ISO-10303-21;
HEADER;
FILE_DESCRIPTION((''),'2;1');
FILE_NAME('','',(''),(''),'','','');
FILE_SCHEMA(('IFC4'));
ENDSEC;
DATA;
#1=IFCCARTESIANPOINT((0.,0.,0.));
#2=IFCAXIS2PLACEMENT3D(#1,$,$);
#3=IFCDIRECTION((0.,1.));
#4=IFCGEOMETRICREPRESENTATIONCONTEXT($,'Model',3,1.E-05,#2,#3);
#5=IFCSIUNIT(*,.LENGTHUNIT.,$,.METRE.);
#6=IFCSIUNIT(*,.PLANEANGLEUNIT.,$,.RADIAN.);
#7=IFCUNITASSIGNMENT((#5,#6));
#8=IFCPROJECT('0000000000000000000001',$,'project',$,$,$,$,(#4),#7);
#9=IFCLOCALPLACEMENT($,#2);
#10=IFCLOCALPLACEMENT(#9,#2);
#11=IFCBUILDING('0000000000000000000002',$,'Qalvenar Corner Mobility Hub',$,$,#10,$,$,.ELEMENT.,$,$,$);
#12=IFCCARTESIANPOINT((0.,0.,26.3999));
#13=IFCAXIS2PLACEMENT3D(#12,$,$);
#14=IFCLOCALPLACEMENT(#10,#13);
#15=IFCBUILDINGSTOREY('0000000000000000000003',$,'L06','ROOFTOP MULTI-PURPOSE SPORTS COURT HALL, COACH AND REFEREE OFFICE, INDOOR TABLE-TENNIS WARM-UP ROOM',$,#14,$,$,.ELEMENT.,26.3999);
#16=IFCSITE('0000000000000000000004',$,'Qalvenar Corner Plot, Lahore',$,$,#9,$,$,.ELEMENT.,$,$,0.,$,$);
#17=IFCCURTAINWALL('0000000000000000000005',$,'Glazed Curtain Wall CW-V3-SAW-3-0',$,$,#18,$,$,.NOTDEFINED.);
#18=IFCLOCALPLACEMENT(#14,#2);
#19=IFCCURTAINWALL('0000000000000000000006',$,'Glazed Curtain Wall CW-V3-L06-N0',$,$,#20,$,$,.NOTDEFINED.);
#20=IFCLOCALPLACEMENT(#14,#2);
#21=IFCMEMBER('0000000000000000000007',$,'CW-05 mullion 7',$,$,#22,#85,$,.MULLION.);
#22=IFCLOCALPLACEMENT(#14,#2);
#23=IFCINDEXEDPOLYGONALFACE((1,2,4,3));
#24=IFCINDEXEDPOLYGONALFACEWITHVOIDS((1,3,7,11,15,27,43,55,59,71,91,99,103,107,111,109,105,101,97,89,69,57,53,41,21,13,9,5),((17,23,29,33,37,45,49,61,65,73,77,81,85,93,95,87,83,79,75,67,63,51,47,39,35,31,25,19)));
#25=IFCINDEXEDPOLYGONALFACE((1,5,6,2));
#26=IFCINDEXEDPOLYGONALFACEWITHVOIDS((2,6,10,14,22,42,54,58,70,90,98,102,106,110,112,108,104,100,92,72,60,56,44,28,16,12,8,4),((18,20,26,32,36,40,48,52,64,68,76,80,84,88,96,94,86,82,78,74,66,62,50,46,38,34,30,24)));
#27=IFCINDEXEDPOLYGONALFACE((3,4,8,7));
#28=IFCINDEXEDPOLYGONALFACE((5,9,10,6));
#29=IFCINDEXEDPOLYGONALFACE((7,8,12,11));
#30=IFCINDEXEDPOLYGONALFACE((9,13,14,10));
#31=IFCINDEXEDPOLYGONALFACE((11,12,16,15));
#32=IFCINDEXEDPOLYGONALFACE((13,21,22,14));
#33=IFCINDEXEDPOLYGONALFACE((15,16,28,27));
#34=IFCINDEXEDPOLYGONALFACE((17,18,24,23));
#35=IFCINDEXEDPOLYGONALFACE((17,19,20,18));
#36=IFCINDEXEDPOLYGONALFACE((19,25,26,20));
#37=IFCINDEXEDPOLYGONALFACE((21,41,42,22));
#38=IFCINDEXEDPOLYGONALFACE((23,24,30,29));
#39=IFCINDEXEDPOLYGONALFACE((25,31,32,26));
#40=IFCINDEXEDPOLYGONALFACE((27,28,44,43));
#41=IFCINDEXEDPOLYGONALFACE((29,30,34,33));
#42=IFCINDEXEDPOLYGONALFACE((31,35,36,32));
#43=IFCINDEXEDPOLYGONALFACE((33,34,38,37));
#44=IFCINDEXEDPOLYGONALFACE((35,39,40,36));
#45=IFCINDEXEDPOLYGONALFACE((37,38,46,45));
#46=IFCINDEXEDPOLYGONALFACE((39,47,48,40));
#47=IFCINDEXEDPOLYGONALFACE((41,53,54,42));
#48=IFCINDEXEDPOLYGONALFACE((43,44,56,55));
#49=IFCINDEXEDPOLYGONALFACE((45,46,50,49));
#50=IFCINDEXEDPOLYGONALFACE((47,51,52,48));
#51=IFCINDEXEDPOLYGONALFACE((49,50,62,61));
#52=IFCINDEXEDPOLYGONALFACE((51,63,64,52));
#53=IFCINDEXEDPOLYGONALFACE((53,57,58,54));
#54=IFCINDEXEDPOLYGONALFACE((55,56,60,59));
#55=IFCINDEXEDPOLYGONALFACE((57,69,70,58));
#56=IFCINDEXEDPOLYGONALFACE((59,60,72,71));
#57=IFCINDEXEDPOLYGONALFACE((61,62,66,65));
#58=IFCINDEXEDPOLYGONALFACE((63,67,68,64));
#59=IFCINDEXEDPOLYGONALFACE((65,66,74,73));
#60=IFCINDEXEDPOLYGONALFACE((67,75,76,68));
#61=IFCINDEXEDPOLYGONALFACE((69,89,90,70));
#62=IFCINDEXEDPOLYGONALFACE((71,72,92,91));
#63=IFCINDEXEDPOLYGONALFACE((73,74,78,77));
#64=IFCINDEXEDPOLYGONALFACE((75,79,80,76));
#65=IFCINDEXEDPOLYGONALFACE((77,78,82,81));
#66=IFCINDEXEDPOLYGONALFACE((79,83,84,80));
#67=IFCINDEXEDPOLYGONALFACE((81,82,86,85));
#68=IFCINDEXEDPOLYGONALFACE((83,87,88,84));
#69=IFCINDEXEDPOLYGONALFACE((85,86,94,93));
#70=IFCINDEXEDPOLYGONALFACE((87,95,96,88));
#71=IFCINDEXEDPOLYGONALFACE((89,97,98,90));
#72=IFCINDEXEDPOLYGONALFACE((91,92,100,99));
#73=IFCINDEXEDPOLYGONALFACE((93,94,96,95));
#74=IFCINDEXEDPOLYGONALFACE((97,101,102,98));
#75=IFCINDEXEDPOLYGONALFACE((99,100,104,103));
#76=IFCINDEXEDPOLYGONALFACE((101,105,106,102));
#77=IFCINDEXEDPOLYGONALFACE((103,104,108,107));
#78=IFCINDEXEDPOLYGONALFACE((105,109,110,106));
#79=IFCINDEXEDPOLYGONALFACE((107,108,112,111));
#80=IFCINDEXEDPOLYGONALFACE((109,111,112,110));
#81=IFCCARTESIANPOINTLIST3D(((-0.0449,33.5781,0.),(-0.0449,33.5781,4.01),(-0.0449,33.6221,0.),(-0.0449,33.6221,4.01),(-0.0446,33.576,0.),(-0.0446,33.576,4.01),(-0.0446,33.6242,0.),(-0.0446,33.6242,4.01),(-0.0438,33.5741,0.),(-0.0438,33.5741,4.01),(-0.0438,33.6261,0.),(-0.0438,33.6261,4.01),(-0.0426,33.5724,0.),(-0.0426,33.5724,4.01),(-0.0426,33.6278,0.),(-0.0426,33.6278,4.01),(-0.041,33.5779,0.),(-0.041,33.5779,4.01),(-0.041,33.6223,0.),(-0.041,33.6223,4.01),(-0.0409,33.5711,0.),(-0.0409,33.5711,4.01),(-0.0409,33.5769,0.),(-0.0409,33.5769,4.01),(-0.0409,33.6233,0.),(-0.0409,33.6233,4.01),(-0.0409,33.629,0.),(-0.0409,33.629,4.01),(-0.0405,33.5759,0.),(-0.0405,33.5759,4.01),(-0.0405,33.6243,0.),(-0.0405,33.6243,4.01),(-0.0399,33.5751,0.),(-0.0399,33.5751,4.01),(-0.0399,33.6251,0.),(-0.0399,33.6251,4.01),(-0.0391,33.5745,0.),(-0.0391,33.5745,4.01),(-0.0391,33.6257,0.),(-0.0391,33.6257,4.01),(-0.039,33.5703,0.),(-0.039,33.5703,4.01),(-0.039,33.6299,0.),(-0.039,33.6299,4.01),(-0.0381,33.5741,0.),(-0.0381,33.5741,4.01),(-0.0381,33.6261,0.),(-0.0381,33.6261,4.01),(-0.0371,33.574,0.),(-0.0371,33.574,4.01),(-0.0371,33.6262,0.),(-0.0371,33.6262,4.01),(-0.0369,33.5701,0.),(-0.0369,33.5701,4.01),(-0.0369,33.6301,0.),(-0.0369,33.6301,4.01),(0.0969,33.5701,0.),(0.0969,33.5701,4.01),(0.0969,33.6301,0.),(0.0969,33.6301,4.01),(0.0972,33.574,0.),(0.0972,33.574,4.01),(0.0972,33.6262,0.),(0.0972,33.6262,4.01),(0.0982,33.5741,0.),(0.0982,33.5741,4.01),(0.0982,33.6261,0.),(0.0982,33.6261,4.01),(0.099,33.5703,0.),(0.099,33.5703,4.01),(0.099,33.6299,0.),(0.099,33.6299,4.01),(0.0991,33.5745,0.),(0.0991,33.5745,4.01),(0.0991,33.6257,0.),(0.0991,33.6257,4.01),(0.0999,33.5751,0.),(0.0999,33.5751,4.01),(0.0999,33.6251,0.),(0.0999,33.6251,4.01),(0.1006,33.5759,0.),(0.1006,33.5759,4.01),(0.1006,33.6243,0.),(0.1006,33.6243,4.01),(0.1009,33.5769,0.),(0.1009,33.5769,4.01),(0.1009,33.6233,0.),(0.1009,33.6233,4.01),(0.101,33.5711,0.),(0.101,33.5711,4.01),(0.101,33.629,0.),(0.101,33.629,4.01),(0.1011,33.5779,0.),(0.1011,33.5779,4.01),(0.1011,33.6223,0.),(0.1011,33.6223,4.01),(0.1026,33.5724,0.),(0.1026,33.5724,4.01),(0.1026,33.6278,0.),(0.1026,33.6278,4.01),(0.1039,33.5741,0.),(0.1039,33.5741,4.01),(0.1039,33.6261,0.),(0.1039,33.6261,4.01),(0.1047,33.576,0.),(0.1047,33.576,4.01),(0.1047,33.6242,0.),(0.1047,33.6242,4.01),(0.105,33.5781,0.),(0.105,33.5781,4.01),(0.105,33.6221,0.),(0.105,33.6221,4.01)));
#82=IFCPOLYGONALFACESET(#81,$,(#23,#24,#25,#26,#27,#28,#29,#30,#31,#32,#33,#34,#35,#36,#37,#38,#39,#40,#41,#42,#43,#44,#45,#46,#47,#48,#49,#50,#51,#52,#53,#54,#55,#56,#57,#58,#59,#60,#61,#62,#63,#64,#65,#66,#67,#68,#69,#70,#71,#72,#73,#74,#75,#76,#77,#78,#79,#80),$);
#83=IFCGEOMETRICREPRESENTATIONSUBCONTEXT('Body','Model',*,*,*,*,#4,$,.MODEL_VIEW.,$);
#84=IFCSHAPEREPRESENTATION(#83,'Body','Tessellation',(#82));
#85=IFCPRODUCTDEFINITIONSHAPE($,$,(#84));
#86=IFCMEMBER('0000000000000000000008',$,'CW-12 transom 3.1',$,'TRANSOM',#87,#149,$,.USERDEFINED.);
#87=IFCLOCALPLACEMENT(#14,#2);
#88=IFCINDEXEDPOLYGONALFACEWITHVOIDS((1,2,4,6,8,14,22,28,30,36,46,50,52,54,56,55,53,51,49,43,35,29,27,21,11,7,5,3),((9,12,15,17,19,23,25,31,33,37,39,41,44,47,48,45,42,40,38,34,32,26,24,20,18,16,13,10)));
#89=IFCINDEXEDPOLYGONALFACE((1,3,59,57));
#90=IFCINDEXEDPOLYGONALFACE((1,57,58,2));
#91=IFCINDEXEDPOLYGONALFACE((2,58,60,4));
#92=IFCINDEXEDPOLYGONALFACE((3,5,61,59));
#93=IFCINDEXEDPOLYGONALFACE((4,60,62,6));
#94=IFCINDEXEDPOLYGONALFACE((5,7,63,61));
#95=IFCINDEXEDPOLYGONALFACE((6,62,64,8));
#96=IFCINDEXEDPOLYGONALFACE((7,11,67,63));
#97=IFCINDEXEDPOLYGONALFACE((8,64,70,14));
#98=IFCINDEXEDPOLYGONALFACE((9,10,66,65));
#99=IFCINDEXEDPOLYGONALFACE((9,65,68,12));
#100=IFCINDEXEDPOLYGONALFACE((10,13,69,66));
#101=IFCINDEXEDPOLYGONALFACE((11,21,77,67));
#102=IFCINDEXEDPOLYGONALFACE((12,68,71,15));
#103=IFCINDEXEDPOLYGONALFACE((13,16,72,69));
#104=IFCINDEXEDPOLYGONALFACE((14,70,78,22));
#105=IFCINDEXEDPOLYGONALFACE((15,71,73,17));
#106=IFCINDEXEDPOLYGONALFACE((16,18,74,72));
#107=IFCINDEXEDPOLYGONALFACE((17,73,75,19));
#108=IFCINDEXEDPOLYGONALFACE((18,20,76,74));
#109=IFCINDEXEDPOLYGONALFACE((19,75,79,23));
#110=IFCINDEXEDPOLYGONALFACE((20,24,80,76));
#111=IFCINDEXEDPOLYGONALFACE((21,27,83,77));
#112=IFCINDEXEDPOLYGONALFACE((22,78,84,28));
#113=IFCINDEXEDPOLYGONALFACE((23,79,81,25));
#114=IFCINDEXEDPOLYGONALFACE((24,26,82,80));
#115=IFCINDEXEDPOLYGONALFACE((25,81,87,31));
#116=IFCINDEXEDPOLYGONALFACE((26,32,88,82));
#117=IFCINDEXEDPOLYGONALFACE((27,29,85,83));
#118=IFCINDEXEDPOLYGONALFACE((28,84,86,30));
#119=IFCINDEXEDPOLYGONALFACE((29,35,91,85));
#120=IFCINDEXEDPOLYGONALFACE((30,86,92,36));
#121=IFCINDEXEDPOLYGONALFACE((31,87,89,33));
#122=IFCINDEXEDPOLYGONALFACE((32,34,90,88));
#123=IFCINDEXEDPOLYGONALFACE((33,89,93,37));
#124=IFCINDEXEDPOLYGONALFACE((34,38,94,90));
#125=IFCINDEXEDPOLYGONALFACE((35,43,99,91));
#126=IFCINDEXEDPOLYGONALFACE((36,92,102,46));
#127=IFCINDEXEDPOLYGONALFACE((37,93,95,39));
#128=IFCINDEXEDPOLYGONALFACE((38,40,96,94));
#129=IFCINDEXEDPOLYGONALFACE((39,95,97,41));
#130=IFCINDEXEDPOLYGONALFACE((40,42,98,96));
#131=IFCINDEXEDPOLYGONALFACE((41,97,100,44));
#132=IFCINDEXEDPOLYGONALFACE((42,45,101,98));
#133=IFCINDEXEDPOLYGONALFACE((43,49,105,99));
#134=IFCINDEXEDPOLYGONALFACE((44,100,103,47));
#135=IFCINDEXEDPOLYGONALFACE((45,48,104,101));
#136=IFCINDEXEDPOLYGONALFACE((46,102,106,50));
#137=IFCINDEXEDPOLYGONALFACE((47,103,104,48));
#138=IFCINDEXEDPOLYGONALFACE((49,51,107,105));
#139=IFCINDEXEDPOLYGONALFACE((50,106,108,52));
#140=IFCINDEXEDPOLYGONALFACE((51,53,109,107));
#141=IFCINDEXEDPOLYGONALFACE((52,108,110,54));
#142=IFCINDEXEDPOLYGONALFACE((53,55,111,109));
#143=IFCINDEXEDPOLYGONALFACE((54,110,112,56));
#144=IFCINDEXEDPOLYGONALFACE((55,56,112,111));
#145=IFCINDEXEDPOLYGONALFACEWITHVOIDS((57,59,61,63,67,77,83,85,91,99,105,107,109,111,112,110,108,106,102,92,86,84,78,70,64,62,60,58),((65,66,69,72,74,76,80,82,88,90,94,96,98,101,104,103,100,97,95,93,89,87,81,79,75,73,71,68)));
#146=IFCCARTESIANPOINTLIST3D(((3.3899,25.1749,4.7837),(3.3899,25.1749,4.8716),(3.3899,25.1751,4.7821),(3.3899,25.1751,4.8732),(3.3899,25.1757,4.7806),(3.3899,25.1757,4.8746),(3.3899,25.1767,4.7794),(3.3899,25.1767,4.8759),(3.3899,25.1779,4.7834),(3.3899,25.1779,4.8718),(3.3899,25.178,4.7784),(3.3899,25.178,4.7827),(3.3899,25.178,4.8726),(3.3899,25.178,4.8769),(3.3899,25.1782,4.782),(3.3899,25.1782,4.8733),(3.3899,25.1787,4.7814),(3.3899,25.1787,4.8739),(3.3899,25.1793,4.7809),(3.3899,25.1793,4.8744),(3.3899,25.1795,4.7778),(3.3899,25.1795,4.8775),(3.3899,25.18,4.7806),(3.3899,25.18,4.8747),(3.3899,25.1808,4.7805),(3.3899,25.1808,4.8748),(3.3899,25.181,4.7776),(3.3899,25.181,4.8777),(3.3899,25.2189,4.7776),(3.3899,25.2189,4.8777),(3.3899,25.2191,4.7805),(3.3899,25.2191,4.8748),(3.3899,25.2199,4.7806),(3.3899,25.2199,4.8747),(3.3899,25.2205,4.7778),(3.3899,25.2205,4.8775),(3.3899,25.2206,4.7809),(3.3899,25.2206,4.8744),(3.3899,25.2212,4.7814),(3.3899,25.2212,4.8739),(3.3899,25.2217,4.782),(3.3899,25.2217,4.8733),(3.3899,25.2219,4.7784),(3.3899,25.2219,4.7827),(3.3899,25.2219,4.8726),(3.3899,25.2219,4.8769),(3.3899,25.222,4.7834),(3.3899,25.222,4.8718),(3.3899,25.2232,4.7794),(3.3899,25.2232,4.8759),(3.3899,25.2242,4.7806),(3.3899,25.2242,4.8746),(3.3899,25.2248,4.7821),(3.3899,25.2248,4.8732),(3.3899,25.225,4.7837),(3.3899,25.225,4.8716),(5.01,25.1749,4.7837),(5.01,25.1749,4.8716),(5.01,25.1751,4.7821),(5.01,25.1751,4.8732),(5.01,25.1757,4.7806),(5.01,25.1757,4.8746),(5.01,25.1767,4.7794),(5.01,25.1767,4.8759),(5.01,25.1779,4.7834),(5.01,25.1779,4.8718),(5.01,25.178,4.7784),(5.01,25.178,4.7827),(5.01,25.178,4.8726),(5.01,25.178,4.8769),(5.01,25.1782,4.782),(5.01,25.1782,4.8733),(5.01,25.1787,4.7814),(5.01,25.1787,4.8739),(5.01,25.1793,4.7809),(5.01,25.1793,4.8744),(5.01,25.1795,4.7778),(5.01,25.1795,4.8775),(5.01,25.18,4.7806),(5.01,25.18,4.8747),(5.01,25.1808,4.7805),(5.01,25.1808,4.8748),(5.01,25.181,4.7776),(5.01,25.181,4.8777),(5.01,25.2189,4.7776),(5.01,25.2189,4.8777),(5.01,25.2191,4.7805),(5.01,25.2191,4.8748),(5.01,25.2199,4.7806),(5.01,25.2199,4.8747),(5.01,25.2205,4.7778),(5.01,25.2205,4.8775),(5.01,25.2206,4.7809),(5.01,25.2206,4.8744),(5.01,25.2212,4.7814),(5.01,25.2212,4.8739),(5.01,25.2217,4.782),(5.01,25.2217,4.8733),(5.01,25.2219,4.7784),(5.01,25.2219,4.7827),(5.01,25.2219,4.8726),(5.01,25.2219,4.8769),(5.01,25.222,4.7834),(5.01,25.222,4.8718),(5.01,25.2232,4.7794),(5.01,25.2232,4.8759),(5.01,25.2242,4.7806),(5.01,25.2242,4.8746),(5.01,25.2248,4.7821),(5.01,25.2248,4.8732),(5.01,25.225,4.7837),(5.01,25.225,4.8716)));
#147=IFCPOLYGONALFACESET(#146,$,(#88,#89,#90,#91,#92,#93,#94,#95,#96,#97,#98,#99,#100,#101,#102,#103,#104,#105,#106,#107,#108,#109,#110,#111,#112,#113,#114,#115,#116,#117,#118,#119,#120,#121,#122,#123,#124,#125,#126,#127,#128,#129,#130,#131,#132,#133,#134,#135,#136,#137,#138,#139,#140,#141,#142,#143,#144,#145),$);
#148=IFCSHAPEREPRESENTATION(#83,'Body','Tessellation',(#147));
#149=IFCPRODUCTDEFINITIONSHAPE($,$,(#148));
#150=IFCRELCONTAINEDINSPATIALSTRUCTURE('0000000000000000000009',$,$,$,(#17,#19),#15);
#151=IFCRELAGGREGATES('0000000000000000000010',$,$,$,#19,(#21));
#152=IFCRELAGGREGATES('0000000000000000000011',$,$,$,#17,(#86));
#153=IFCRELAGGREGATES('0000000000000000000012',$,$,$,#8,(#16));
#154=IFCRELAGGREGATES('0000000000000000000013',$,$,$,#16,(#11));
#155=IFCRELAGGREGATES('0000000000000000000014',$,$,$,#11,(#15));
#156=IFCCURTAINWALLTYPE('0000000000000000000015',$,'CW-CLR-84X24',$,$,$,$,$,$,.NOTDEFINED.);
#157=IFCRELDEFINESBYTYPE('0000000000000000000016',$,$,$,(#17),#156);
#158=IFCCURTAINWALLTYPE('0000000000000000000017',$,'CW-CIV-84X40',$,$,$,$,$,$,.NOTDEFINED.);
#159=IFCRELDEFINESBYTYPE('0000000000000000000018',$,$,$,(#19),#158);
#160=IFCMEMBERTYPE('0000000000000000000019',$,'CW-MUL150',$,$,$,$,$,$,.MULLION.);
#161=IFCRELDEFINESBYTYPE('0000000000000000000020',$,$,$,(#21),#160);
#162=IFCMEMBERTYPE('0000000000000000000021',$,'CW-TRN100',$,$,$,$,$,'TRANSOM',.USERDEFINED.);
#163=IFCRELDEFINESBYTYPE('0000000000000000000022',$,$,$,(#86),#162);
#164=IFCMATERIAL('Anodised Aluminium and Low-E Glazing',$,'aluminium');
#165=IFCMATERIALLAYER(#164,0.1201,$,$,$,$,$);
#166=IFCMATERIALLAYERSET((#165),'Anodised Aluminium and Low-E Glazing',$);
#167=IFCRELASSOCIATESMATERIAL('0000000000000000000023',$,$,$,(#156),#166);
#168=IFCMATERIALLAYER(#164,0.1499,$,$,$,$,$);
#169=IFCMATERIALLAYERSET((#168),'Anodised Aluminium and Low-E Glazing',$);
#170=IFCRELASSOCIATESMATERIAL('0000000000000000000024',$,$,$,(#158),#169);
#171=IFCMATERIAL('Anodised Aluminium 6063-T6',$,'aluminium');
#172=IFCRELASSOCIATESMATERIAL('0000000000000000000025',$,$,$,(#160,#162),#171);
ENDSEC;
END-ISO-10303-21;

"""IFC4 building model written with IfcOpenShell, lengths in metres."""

from ifc_helpers import new_model, si_unit, direction, frame, origin, origin_2d, place, context, subcontext, project, spatial, hollow_rectangle, extrude, material, layer, layer_set, material_profile, profile_set, type_object, element, aggregate, save


model = new_model("IFC4")

# Units and contexts
model_context = context("Model", 3, precision=1e-05, world=origin(), true_north=direction((0.0, 1.0)))
body_context = subcontext(model_context, "Body", "Model", "MODEL_VIEW")
ifc_project = project(units=[si_unit("LENGTHUNIT", "METRE"), si_unit("PLANEANGLEUNIT", "RADIAN")], contexts=[model_context])

# Site, building, storey
site_placement = place(None, origin())
site = spatial("IfcSite", under=ifc_project, at=site_placement, Name="Qalvenar Corner Plot, Lahore", CompositionType="ELEMENT", RefElevation=0.0)
building_placement = place(site_placement, origin())
building = spatial("IfcBuilding", under=site, at=building_placement, Name="Qalvenar Corner Mobility Hub", CompositionType="ELEMENT")
storey_placement = place(building_placement, frame((0.0, 0.0, 26.3999)))
storey = spatial("IfcBuildingStorey", under=building, at=storey_placement, Name="L06", Description="ROOFTOP MULTI-PURPOSE SPORTS COURT HALL, COACH AND REFEREE OFFICE, INDOOR TABLE-TENNIS WARM-UP ROOM", CompositionType="ELEMENT", Elevation=26.3999)

# Curtain wall
ifc_material_1 = material(Name="Anodised Aluminium and Low-E Glazing", Category="aluminium")
ifc_layer_1 = layer(ifc_material_1, 0.1201)
ifc_layer_set_1 = layer_set([ifc_layer_1], Name="Anodised Aluminium and Low-E Glazing")
curtain_wall_type_1 = type_object("IfcCurtainWallType", Name="CW-CLR-84X24", PredefinedType="NOTDEFINED", material=ifc_layer_set_1)
curtain_wall_1_placement = place(storey_placement, origin())
curtain_wall_1 = element("IfcCurtainWall", 1, at=curtain_wall_1_placement, inside=storey, type_object=curtain_wall_type_1, Name="Glazed Curtain Wall CW-V3-SAW-3-0", PredefinedType="NOTDEFINED")
ifc_material_2 = material(Name="Anodised Aluminium 6063-T6", Category="aluminium")

# Curtain wall, member
ifc_layer_2 = layer(ifc_material_1, 0.1499)
ifc_layer_set_2 = layer_set([ifc_layer_2], Name="Anodised Aluminium and Low-E Glazing")
curtain_wall_type_2 = type_object("IfcCurtainWallType", Name="CW-CIV-84X40", PredefinedType="NOTDEFINED", material=ifc_layer_set_2)
curtain_wall_2_placement = place(storey_placement, origin())
curtain_wall_2 = element("IfcCurtainWall", 2, at=curtain_wall_2_placement, inside=storey, type_object=curtain_wall_type_2, Name="Glazed Curtain Wall CW-V3-L06-N0", PredefinedType="NOTDEFINED")
ifc_material_profile_1 = material_profile(ifc_material_2, hollow_rectangle(XDim=0.0601, YDim=0.1499, WallThickness=0.0039, InnerFilletRadius=0.0039, OuterFilletRadius=0.0081, at=origin_2d()), Name="RHS150x60x4")
ifc_profile_set_1 = profile_set([ifc_material_profile_1], Name="Anodised Aluminium 6063-T6")
member_type_1 = type_object("IfcMemberType", Name="CW-MUL150", PredefinedType="MULLION", material=ifc_profile_set_1)
member_1_placement = place(storey_placement, frame((0.03, 33.6001, 0.0), z_axis=(0.0, 0.0, 1.0), x_axis=(0.0, -1.0, 0.0)))
member_1 = element("IfcMember", 3, at=member_1_placement, type_object=member_type_1, Name="CW-05 mullion 7", PredefinedType="MULLION", context=body_context, shape_type="SweptSolid", body=[
    extrude(hollow_rectangle(XDim=0.0601, YDim=0.1499, WallThickness=0.0039, InnerFilletRadius=0.0039, OuterFilletRadius=0.0081, at=origin_2d()), origin(), (0.0, 0.0, 1.0), 4.01),
])

# Member
ifc_material_profile_2 = material_profile(ifc_material_2, hollow_rectangle(XDim=0.05, YDim=0.1001, WallThickness=0.0029, InnerFilletRadius=0.0029, OuterFilletRadius=0.0061, at=origin_2d()), Name="RHS100x50x3")
ifc_profile_set_2 = profile_set([ifc_material_profile_2], Name="Anodised Aluminium 6063-T6")
member_type_2 = type_object("IfcMemberType", Name="CW-TRN100", ElementType="TRANSOM", PredefinedType="USERDEFINED", material=ifc_profile_set_2)
member_2_placement = place(storey_placement, frame((5.01, 25.2, 4.8276), z_axis=(-1.0, 0.0, 0.0), x_axis=(0.0, -1.0, 0.0)))
member_2 = element("IfcMember", 4, at=member_2_placement, type_object=member_type_2, Name="CW-12 transom 3.1", ObjectType="TRANSOM", PredefinedType="USERDEFINED", context=body_context, shape_type="SweptSolid", body=[
    extrude(hollow_rectangle(XDim=0.05, YDim=0.1001, WallThickness=0.0029, InnerFilletRadius=0.0029, OuterFilletRadius=0.0061, at=origin_2d()), origin(), (0.0, 0.0, 1.0), 1.6201),
])

aggregate(curtain_wall_2, [member_1])
aggregate(curtain_wall_1, [member_2])

save(model, "model.ifc")
